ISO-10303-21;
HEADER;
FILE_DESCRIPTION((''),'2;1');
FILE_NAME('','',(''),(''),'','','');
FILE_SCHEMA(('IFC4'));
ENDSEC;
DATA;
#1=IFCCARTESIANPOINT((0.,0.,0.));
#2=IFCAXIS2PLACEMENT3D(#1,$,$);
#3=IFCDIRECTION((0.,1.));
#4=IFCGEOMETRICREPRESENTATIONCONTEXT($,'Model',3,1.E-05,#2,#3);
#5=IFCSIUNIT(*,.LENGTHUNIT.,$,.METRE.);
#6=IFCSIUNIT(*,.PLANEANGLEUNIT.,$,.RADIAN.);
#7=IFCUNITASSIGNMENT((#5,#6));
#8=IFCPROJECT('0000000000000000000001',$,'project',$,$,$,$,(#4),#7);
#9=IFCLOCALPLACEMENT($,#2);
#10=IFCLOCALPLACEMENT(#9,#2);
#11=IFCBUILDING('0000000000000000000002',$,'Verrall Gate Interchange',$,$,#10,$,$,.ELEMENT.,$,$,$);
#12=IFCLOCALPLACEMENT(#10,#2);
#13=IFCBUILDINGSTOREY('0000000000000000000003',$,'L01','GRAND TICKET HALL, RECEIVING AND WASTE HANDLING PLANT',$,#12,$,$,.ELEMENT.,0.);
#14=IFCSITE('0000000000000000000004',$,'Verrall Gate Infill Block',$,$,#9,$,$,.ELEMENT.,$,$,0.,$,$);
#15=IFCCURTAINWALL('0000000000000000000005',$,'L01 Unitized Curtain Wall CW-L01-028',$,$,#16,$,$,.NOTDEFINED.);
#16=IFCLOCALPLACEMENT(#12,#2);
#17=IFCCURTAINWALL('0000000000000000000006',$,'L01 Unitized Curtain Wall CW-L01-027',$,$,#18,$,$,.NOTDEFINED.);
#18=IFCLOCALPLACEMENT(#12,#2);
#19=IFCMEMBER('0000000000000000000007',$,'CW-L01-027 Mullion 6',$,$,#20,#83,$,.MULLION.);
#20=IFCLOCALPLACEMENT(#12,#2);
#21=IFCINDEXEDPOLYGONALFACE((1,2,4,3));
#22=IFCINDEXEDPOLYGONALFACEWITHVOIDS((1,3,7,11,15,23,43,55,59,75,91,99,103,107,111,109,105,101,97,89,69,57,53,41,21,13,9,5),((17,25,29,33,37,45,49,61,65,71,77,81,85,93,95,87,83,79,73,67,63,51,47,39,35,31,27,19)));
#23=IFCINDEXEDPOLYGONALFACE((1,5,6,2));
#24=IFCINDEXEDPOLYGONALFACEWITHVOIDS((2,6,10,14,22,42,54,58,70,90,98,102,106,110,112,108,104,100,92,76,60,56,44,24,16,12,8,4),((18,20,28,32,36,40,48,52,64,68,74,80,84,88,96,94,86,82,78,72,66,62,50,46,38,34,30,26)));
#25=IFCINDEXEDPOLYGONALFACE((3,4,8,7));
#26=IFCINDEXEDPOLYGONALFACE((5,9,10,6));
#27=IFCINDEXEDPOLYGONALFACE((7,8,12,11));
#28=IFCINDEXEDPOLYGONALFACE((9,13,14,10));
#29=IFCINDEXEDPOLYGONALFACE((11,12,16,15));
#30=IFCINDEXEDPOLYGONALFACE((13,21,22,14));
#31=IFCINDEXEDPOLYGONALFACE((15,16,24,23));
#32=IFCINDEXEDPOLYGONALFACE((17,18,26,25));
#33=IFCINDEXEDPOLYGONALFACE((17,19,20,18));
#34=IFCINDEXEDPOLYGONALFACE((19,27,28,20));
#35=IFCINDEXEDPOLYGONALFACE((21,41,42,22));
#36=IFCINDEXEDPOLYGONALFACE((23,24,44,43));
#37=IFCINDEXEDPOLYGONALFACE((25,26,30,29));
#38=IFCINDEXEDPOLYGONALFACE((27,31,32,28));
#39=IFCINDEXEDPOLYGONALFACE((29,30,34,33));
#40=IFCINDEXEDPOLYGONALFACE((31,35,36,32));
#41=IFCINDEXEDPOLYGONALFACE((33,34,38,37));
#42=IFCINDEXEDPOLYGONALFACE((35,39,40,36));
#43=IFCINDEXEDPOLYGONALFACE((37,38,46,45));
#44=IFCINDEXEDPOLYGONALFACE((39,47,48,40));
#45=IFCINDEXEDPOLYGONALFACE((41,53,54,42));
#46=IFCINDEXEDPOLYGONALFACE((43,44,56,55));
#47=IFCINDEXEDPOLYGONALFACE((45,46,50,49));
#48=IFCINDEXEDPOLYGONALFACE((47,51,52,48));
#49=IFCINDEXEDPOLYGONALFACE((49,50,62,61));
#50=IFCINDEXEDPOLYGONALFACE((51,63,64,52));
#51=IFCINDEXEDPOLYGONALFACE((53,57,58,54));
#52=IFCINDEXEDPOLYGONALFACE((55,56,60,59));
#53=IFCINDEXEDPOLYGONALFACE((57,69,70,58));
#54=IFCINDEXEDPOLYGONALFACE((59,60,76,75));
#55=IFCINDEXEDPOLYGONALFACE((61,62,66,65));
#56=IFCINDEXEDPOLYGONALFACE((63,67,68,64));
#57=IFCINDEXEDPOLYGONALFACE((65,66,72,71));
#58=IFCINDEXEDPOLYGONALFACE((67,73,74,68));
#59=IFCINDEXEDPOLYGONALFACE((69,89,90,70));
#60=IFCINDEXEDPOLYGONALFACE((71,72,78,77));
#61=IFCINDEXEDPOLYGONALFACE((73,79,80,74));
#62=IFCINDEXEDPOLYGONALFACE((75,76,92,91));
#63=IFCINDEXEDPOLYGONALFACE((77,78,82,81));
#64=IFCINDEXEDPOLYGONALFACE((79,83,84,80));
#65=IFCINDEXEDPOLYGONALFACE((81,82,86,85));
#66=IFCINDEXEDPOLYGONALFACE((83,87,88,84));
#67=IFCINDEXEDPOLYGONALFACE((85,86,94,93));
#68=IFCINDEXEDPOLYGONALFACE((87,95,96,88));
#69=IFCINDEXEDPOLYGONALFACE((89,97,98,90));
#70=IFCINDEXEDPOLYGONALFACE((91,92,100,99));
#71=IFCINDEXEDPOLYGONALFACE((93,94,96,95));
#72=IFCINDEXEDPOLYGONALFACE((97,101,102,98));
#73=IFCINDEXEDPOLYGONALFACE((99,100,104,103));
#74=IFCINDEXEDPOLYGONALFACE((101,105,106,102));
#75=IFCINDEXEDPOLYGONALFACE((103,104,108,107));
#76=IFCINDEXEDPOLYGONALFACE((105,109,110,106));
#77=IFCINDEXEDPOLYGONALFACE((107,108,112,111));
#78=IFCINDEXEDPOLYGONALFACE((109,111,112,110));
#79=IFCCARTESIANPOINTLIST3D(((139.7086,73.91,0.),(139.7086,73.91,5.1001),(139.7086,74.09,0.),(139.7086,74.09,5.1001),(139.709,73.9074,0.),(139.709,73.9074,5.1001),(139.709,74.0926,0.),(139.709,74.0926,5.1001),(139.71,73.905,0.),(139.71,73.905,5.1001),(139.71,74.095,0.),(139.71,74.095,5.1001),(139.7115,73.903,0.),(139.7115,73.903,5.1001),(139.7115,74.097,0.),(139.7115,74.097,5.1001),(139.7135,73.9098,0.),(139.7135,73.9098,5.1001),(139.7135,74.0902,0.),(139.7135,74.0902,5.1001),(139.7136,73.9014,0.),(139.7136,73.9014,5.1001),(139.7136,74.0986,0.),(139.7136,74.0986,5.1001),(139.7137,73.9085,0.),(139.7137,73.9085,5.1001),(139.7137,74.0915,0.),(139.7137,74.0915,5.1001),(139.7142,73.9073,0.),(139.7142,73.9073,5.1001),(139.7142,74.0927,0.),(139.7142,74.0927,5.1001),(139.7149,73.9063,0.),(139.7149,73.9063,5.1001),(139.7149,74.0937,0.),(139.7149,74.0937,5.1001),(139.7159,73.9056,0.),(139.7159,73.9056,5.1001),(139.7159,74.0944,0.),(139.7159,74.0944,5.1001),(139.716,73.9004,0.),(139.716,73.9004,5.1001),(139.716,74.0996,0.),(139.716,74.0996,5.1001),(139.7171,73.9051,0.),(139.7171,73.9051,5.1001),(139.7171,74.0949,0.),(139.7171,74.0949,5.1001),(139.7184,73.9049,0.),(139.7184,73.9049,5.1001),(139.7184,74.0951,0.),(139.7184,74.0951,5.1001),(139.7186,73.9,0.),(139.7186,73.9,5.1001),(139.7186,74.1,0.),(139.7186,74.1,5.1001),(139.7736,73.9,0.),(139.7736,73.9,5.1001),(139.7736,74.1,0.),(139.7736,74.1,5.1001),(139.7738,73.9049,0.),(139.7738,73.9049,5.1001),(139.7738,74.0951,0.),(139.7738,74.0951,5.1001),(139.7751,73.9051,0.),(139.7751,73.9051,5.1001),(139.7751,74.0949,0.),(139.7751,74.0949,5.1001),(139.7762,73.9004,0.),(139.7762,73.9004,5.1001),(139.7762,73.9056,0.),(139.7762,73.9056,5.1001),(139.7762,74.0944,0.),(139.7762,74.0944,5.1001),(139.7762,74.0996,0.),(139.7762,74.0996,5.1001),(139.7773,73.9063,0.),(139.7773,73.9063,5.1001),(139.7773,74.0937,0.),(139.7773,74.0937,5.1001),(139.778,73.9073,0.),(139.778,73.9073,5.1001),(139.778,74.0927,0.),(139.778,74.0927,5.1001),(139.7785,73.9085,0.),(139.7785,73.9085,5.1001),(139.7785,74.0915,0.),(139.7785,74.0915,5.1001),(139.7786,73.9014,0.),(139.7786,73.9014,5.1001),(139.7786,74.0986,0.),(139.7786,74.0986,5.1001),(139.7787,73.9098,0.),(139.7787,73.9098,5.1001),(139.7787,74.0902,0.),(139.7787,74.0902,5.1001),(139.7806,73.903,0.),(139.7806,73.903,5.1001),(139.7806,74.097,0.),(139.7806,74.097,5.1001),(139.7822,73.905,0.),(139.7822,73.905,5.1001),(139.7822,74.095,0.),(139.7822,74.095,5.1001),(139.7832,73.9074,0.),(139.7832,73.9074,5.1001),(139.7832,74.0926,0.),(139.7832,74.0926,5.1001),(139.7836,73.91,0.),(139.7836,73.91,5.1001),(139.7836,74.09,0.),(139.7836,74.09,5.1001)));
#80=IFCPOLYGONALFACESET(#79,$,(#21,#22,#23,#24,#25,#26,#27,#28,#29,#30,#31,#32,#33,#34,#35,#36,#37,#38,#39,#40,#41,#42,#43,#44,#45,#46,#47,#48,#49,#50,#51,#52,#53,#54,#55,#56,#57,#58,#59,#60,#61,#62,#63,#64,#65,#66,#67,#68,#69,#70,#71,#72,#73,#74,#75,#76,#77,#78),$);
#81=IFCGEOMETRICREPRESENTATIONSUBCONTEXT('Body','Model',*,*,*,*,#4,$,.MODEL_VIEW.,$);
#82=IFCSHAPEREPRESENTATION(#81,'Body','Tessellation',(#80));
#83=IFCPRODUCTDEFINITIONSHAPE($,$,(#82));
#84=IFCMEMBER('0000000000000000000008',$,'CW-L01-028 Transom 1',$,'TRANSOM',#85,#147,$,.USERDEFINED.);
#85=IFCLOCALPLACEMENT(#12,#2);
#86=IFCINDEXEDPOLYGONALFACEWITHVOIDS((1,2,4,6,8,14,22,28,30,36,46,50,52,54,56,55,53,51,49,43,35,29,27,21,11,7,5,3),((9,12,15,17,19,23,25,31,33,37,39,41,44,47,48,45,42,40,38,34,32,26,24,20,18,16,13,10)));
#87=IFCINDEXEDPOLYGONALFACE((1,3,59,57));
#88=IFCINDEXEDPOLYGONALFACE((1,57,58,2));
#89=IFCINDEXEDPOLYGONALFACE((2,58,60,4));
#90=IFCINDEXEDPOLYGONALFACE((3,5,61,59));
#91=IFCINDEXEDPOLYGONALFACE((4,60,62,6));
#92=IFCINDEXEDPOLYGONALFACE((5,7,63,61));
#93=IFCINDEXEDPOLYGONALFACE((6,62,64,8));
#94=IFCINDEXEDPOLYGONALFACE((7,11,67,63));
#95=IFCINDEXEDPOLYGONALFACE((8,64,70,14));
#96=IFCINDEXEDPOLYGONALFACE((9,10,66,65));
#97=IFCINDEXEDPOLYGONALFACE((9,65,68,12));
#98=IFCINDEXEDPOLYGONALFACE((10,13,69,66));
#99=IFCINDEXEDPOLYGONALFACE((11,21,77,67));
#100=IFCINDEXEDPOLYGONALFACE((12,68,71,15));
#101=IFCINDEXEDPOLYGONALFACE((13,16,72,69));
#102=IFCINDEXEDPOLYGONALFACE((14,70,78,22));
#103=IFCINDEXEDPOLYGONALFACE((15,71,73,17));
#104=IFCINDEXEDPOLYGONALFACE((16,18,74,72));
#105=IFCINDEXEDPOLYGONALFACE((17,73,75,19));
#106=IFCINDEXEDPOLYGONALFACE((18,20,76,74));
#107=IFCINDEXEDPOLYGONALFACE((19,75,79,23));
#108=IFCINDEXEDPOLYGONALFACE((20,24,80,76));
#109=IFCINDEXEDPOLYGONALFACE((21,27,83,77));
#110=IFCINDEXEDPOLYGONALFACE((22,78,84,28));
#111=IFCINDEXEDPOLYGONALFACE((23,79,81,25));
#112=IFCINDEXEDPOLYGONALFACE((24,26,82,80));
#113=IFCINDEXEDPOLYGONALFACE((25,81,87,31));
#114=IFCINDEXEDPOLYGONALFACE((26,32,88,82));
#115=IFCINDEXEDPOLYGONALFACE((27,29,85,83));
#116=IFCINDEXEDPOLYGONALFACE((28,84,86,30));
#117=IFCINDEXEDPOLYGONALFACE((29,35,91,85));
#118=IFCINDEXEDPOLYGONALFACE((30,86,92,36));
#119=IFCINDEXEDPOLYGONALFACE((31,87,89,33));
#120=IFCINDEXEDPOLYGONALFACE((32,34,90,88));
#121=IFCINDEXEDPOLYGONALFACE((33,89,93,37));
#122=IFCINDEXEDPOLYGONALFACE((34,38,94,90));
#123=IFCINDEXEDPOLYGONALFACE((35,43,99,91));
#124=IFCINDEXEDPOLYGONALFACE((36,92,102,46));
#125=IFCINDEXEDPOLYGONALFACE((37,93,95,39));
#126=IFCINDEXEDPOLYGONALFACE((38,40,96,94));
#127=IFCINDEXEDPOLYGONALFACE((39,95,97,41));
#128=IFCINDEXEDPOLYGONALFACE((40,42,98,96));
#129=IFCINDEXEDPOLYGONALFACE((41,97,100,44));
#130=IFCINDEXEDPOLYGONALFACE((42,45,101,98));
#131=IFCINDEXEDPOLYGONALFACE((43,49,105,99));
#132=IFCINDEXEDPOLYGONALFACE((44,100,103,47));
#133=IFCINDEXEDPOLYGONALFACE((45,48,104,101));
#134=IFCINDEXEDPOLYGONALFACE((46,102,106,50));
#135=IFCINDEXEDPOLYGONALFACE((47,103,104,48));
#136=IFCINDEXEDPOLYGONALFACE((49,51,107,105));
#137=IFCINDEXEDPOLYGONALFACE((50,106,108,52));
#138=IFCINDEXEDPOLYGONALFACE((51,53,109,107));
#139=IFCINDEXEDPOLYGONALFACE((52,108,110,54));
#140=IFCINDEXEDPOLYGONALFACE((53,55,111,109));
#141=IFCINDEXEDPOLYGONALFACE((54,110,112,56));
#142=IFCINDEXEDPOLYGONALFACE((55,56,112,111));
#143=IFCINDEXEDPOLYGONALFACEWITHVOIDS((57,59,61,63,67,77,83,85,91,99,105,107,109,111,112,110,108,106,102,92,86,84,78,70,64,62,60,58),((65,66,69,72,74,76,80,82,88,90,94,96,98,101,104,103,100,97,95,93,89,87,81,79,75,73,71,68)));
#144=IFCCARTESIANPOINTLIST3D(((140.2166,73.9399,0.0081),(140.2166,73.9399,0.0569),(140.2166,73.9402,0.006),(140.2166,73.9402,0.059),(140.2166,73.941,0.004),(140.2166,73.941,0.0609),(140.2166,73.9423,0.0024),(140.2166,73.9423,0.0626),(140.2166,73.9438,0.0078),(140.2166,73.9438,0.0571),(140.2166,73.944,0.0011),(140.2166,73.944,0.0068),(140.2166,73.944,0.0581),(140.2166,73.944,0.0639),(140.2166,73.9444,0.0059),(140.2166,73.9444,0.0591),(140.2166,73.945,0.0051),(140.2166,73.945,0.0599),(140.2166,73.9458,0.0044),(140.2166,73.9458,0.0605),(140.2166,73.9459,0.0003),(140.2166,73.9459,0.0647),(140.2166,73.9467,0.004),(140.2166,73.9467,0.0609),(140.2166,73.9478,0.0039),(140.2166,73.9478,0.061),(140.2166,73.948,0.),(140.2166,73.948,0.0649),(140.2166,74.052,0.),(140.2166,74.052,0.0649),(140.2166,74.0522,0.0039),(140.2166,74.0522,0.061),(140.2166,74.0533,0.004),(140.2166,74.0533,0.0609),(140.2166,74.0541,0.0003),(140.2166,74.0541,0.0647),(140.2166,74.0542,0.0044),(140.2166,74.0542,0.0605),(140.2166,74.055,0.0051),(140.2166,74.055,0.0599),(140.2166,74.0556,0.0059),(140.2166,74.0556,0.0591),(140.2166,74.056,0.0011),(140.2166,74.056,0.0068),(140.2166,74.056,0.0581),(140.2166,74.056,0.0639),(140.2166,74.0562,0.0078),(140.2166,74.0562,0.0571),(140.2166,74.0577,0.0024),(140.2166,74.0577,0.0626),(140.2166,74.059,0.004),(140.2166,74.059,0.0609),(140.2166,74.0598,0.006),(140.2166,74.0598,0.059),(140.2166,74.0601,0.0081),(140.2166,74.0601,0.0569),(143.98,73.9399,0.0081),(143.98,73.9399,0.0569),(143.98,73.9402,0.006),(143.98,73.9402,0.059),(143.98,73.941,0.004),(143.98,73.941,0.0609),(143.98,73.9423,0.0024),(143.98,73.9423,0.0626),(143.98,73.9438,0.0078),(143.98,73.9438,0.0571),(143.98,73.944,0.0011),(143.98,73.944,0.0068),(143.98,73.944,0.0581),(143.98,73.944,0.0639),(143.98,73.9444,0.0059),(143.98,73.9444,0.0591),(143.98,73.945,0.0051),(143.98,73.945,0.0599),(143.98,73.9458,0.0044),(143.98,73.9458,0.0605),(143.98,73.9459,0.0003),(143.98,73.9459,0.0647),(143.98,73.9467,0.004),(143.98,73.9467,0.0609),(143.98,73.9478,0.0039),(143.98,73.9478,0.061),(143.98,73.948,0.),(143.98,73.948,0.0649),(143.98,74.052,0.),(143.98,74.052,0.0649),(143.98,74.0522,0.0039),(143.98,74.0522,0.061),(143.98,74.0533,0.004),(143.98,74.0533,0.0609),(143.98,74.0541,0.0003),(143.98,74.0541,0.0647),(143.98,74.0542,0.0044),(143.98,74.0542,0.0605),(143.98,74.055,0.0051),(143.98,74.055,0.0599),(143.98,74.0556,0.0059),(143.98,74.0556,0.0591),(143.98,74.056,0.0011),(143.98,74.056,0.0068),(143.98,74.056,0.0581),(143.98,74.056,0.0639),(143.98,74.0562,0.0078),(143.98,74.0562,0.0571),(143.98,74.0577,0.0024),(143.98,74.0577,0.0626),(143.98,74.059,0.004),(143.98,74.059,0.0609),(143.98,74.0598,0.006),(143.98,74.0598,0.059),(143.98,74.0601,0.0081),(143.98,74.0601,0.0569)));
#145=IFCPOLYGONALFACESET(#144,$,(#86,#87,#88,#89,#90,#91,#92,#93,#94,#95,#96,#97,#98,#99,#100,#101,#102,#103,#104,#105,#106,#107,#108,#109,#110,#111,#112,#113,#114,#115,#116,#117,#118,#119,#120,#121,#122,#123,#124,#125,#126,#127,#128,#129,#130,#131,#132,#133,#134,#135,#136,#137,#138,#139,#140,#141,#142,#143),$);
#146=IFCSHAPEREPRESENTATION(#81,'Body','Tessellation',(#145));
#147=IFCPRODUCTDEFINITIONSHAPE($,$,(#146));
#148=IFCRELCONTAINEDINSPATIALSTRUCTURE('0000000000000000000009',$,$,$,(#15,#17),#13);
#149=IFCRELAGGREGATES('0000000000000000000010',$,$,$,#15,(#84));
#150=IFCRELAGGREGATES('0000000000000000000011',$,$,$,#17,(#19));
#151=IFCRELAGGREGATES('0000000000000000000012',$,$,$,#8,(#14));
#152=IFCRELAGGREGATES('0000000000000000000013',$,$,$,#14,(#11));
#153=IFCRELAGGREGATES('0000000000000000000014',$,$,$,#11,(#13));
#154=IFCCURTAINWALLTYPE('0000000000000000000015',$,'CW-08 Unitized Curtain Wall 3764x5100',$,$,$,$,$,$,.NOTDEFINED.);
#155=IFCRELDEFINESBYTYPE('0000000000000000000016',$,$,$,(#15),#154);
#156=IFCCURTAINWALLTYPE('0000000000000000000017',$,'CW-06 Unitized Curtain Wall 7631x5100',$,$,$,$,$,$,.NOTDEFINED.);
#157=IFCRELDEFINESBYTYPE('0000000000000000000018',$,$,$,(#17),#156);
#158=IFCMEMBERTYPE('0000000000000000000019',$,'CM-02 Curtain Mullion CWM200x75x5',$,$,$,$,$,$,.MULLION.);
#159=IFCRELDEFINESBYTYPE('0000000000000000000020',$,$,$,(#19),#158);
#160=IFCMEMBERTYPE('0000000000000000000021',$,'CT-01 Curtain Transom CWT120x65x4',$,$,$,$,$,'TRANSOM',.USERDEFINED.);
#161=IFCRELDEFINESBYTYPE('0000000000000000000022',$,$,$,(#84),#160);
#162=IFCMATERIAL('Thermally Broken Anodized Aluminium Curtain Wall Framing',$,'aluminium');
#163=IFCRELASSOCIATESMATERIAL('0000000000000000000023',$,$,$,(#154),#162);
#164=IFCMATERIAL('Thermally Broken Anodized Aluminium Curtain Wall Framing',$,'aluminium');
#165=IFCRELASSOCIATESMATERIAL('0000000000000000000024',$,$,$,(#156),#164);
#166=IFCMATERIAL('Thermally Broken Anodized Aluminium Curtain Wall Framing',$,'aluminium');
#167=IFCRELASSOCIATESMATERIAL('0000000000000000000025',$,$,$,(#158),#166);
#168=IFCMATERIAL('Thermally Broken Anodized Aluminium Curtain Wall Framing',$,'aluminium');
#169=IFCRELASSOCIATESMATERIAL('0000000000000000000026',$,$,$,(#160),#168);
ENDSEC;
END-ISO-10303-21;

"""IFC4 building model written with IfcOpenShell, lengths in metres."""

from ifc_helpers import new_model, si_unit, direction, frame, origin, origin_2d, place, context, subcontext, project, spatial, hollow_rectangle, extrude, material, material_profile, profile_set, type_object, element, aggregate, save


model = new_model("IFC4")

# Units and contexts
model_context = context("Model", 3, precision=1e-05, world=origin(), true_north=direction((0.0, 1.0)))
body_context = subcontext(model_context, "Body", "Model", "MODEL_VIEW")
ifc_project = project(units=[si_unit("LENGTHUNIT", "METRE"), si_unit("PLANEANGLEUNIT", "RADIAN")], contexts=[model_context])

# Site, building, storey
site_placement = place(None, origin())
site = spatial("IfcSite", under=ifc_project, at=site_placement, Name="Verrall Gate Infill Block", CompositionType="ELEMENT", RefElevation=0.0)
building_placement = place(site_placement, origin())
building = spatial("IfcBuilding", under=site, at=building_placement, Name="Verrall Gate Interchange", CompositionType="ELEMENT")
storey_placement = place(building_placement, origin())
storey = spatial("IfcBuildingStorey", under=building, at=storey_placement, Name="L01", Description="GRAND TICKET HALL, RECEIVING AND WASTE HANDLING PLANT", CompositionType="ELEMENT", Elevation=0.0)

# Curtain wall
ifc_material_1 = material(Name="Thermally Broken Anodized Aluminium Curtain Wall Framing", Category="aluminium")
curtain_wall_type_1 = type_object("IfcCurtainWallType", Name="CW-08 Unitized Curtain Wall 3764x5100", PredefinedType="NOTDEFINED", material=ifc_material_1)
curtain_wall_1_placement = place(storey_placement, origin())
curtain_wall_1 = element("IfcCurtainWall", 1, at=curtain_wall_1_placement, inside=storey, type_object=curtain_wall_type_1, Name="L01 Unitized Curtain Wall CW-L01-028", PredefinedType="NOTDEFINED")

# Curtain wall, member
ifc_material_2 = material(Name="Thermally Broken Anodized Aluminium Curtain Wall Framing", Category="aluminium")
curtain_wall_type_2 = type_object("IfcCurtainWallType", Name="CW-06 Unitized Curtain Wall 7631x5100", PredefinedType="NOTDEFINED", material=ifc_material_2)
curtain_wall_2_placement = place(storey_placement, origin())
curtain_wall_2 = element("IfcCurtainWall", 2, at=curtain_wall_2_placement, inside=storey, type_object=curtain_wall_type_2, Name="L01 Unitized Curtain Wall CW-L01-027", PredefinedType="NOTDEFINED")
ifc_material_3 = material(Name="Thermally Broken Anodized Aluminium Curtain Wall Framing", Category="aluminium")
ifc_material_profile_1 = material_profile(ifc_material_3, hollow_rectangle(XDim=0.075, YDim=0.2, WallThickness=0.0049, InnerFilletRadius=0.0049, OuterFilletRadius=0.01, at=origin_2d()), Name="CWM200x75x5")
ifc_profile_set_1 = profile_set([ifc_material_profile_1], Name="Thermally Broken Anodized Aluminium Curtain Wall Framing")
member_type_1 = type_object("IfcMemberType", Name="CM-02 Curtain Mullion CWM200x75x5", PredefinedType="MULLION", material=ifc_profile_set_1)
member_1_placement = place(storey_placement, frame((139.7461, 74.0, 0.0), z_axis=(0.0, 0.0, 1.0), x_axis=(1.0, 0.0, 0.0)))
member_1 = element("IfcMember", 3, at=member_1_placement, type_object=member_type_1, Name="CW-L01-027 Mullion 6", PredefinedType="MULLION", context=body_context, shape_type="SweptSolid", body=[
    extrude(hollow_rectangle(XDim=0.075, YDim=0.2, WallThickness=0.0049, InnerFilletRadius=0.0049, OuterFilletRadius=0.01, at=origin_2d()), origin(), (0.0, 0.0, 1.0), 5.1001),
])

# Member
ifc_material_4 = material(Name="Thermally Broken Anodized Aluminium Curtain Wall Framing", Category="aluminium")
ifc_material_profile_2 = material_profile(ifc_material_4, hollow_rectangle(XDim=0.1201, YDim=0.0649, WallThickness=0.0039, InnerFilletRadius=0.0039, OuterFilletRadius=0.0081, at=origin_2d()), Name="CWT120x65x4")
ifc_profile_set_2 = profile_set([ifc_material_profile_2], Name="Thermally Broken Anodized Aluminium Curtain Wall Framing")
member_type_2 = type_object("IfcMemberType", Name="CT-01 Curtain Transom CWT120x65x4", ElementType="TRANSOM", PredefinedType="USERDEFINED", material=ifc_profile_set_2)
member_2_placement = place(storey_placement, frame((140.2166, 74.0, 0.0325), z_axis=(1.0, 0.0, 0.0), x_axis=(0.0, 1.0, 0.0)))
member_2 = element("IfcMember", 4, at=member_2_placement, type_object=member_type_2, Name="CW-L01-028 Transom 1", ObjectType="TRANSOM", PredefinedType="USERDEFINED", context=body_context, shape_type="SweptSolid", body=[
    extrude(hollow_rectangle(XDim=0.1201, YDim=0.0649, WallThickness=0.0039, InnerFilletRadius=0.0039, OuterFilletRadius=0.0081, at=origin_2d()), origin(), (0.0, 0.0, 1.0), 3.7634),
])

aggregate(curtain_wall_1, [member_2])
aggregate(curtain_wall_2, [member_1])

save(model, "model.ifc")
